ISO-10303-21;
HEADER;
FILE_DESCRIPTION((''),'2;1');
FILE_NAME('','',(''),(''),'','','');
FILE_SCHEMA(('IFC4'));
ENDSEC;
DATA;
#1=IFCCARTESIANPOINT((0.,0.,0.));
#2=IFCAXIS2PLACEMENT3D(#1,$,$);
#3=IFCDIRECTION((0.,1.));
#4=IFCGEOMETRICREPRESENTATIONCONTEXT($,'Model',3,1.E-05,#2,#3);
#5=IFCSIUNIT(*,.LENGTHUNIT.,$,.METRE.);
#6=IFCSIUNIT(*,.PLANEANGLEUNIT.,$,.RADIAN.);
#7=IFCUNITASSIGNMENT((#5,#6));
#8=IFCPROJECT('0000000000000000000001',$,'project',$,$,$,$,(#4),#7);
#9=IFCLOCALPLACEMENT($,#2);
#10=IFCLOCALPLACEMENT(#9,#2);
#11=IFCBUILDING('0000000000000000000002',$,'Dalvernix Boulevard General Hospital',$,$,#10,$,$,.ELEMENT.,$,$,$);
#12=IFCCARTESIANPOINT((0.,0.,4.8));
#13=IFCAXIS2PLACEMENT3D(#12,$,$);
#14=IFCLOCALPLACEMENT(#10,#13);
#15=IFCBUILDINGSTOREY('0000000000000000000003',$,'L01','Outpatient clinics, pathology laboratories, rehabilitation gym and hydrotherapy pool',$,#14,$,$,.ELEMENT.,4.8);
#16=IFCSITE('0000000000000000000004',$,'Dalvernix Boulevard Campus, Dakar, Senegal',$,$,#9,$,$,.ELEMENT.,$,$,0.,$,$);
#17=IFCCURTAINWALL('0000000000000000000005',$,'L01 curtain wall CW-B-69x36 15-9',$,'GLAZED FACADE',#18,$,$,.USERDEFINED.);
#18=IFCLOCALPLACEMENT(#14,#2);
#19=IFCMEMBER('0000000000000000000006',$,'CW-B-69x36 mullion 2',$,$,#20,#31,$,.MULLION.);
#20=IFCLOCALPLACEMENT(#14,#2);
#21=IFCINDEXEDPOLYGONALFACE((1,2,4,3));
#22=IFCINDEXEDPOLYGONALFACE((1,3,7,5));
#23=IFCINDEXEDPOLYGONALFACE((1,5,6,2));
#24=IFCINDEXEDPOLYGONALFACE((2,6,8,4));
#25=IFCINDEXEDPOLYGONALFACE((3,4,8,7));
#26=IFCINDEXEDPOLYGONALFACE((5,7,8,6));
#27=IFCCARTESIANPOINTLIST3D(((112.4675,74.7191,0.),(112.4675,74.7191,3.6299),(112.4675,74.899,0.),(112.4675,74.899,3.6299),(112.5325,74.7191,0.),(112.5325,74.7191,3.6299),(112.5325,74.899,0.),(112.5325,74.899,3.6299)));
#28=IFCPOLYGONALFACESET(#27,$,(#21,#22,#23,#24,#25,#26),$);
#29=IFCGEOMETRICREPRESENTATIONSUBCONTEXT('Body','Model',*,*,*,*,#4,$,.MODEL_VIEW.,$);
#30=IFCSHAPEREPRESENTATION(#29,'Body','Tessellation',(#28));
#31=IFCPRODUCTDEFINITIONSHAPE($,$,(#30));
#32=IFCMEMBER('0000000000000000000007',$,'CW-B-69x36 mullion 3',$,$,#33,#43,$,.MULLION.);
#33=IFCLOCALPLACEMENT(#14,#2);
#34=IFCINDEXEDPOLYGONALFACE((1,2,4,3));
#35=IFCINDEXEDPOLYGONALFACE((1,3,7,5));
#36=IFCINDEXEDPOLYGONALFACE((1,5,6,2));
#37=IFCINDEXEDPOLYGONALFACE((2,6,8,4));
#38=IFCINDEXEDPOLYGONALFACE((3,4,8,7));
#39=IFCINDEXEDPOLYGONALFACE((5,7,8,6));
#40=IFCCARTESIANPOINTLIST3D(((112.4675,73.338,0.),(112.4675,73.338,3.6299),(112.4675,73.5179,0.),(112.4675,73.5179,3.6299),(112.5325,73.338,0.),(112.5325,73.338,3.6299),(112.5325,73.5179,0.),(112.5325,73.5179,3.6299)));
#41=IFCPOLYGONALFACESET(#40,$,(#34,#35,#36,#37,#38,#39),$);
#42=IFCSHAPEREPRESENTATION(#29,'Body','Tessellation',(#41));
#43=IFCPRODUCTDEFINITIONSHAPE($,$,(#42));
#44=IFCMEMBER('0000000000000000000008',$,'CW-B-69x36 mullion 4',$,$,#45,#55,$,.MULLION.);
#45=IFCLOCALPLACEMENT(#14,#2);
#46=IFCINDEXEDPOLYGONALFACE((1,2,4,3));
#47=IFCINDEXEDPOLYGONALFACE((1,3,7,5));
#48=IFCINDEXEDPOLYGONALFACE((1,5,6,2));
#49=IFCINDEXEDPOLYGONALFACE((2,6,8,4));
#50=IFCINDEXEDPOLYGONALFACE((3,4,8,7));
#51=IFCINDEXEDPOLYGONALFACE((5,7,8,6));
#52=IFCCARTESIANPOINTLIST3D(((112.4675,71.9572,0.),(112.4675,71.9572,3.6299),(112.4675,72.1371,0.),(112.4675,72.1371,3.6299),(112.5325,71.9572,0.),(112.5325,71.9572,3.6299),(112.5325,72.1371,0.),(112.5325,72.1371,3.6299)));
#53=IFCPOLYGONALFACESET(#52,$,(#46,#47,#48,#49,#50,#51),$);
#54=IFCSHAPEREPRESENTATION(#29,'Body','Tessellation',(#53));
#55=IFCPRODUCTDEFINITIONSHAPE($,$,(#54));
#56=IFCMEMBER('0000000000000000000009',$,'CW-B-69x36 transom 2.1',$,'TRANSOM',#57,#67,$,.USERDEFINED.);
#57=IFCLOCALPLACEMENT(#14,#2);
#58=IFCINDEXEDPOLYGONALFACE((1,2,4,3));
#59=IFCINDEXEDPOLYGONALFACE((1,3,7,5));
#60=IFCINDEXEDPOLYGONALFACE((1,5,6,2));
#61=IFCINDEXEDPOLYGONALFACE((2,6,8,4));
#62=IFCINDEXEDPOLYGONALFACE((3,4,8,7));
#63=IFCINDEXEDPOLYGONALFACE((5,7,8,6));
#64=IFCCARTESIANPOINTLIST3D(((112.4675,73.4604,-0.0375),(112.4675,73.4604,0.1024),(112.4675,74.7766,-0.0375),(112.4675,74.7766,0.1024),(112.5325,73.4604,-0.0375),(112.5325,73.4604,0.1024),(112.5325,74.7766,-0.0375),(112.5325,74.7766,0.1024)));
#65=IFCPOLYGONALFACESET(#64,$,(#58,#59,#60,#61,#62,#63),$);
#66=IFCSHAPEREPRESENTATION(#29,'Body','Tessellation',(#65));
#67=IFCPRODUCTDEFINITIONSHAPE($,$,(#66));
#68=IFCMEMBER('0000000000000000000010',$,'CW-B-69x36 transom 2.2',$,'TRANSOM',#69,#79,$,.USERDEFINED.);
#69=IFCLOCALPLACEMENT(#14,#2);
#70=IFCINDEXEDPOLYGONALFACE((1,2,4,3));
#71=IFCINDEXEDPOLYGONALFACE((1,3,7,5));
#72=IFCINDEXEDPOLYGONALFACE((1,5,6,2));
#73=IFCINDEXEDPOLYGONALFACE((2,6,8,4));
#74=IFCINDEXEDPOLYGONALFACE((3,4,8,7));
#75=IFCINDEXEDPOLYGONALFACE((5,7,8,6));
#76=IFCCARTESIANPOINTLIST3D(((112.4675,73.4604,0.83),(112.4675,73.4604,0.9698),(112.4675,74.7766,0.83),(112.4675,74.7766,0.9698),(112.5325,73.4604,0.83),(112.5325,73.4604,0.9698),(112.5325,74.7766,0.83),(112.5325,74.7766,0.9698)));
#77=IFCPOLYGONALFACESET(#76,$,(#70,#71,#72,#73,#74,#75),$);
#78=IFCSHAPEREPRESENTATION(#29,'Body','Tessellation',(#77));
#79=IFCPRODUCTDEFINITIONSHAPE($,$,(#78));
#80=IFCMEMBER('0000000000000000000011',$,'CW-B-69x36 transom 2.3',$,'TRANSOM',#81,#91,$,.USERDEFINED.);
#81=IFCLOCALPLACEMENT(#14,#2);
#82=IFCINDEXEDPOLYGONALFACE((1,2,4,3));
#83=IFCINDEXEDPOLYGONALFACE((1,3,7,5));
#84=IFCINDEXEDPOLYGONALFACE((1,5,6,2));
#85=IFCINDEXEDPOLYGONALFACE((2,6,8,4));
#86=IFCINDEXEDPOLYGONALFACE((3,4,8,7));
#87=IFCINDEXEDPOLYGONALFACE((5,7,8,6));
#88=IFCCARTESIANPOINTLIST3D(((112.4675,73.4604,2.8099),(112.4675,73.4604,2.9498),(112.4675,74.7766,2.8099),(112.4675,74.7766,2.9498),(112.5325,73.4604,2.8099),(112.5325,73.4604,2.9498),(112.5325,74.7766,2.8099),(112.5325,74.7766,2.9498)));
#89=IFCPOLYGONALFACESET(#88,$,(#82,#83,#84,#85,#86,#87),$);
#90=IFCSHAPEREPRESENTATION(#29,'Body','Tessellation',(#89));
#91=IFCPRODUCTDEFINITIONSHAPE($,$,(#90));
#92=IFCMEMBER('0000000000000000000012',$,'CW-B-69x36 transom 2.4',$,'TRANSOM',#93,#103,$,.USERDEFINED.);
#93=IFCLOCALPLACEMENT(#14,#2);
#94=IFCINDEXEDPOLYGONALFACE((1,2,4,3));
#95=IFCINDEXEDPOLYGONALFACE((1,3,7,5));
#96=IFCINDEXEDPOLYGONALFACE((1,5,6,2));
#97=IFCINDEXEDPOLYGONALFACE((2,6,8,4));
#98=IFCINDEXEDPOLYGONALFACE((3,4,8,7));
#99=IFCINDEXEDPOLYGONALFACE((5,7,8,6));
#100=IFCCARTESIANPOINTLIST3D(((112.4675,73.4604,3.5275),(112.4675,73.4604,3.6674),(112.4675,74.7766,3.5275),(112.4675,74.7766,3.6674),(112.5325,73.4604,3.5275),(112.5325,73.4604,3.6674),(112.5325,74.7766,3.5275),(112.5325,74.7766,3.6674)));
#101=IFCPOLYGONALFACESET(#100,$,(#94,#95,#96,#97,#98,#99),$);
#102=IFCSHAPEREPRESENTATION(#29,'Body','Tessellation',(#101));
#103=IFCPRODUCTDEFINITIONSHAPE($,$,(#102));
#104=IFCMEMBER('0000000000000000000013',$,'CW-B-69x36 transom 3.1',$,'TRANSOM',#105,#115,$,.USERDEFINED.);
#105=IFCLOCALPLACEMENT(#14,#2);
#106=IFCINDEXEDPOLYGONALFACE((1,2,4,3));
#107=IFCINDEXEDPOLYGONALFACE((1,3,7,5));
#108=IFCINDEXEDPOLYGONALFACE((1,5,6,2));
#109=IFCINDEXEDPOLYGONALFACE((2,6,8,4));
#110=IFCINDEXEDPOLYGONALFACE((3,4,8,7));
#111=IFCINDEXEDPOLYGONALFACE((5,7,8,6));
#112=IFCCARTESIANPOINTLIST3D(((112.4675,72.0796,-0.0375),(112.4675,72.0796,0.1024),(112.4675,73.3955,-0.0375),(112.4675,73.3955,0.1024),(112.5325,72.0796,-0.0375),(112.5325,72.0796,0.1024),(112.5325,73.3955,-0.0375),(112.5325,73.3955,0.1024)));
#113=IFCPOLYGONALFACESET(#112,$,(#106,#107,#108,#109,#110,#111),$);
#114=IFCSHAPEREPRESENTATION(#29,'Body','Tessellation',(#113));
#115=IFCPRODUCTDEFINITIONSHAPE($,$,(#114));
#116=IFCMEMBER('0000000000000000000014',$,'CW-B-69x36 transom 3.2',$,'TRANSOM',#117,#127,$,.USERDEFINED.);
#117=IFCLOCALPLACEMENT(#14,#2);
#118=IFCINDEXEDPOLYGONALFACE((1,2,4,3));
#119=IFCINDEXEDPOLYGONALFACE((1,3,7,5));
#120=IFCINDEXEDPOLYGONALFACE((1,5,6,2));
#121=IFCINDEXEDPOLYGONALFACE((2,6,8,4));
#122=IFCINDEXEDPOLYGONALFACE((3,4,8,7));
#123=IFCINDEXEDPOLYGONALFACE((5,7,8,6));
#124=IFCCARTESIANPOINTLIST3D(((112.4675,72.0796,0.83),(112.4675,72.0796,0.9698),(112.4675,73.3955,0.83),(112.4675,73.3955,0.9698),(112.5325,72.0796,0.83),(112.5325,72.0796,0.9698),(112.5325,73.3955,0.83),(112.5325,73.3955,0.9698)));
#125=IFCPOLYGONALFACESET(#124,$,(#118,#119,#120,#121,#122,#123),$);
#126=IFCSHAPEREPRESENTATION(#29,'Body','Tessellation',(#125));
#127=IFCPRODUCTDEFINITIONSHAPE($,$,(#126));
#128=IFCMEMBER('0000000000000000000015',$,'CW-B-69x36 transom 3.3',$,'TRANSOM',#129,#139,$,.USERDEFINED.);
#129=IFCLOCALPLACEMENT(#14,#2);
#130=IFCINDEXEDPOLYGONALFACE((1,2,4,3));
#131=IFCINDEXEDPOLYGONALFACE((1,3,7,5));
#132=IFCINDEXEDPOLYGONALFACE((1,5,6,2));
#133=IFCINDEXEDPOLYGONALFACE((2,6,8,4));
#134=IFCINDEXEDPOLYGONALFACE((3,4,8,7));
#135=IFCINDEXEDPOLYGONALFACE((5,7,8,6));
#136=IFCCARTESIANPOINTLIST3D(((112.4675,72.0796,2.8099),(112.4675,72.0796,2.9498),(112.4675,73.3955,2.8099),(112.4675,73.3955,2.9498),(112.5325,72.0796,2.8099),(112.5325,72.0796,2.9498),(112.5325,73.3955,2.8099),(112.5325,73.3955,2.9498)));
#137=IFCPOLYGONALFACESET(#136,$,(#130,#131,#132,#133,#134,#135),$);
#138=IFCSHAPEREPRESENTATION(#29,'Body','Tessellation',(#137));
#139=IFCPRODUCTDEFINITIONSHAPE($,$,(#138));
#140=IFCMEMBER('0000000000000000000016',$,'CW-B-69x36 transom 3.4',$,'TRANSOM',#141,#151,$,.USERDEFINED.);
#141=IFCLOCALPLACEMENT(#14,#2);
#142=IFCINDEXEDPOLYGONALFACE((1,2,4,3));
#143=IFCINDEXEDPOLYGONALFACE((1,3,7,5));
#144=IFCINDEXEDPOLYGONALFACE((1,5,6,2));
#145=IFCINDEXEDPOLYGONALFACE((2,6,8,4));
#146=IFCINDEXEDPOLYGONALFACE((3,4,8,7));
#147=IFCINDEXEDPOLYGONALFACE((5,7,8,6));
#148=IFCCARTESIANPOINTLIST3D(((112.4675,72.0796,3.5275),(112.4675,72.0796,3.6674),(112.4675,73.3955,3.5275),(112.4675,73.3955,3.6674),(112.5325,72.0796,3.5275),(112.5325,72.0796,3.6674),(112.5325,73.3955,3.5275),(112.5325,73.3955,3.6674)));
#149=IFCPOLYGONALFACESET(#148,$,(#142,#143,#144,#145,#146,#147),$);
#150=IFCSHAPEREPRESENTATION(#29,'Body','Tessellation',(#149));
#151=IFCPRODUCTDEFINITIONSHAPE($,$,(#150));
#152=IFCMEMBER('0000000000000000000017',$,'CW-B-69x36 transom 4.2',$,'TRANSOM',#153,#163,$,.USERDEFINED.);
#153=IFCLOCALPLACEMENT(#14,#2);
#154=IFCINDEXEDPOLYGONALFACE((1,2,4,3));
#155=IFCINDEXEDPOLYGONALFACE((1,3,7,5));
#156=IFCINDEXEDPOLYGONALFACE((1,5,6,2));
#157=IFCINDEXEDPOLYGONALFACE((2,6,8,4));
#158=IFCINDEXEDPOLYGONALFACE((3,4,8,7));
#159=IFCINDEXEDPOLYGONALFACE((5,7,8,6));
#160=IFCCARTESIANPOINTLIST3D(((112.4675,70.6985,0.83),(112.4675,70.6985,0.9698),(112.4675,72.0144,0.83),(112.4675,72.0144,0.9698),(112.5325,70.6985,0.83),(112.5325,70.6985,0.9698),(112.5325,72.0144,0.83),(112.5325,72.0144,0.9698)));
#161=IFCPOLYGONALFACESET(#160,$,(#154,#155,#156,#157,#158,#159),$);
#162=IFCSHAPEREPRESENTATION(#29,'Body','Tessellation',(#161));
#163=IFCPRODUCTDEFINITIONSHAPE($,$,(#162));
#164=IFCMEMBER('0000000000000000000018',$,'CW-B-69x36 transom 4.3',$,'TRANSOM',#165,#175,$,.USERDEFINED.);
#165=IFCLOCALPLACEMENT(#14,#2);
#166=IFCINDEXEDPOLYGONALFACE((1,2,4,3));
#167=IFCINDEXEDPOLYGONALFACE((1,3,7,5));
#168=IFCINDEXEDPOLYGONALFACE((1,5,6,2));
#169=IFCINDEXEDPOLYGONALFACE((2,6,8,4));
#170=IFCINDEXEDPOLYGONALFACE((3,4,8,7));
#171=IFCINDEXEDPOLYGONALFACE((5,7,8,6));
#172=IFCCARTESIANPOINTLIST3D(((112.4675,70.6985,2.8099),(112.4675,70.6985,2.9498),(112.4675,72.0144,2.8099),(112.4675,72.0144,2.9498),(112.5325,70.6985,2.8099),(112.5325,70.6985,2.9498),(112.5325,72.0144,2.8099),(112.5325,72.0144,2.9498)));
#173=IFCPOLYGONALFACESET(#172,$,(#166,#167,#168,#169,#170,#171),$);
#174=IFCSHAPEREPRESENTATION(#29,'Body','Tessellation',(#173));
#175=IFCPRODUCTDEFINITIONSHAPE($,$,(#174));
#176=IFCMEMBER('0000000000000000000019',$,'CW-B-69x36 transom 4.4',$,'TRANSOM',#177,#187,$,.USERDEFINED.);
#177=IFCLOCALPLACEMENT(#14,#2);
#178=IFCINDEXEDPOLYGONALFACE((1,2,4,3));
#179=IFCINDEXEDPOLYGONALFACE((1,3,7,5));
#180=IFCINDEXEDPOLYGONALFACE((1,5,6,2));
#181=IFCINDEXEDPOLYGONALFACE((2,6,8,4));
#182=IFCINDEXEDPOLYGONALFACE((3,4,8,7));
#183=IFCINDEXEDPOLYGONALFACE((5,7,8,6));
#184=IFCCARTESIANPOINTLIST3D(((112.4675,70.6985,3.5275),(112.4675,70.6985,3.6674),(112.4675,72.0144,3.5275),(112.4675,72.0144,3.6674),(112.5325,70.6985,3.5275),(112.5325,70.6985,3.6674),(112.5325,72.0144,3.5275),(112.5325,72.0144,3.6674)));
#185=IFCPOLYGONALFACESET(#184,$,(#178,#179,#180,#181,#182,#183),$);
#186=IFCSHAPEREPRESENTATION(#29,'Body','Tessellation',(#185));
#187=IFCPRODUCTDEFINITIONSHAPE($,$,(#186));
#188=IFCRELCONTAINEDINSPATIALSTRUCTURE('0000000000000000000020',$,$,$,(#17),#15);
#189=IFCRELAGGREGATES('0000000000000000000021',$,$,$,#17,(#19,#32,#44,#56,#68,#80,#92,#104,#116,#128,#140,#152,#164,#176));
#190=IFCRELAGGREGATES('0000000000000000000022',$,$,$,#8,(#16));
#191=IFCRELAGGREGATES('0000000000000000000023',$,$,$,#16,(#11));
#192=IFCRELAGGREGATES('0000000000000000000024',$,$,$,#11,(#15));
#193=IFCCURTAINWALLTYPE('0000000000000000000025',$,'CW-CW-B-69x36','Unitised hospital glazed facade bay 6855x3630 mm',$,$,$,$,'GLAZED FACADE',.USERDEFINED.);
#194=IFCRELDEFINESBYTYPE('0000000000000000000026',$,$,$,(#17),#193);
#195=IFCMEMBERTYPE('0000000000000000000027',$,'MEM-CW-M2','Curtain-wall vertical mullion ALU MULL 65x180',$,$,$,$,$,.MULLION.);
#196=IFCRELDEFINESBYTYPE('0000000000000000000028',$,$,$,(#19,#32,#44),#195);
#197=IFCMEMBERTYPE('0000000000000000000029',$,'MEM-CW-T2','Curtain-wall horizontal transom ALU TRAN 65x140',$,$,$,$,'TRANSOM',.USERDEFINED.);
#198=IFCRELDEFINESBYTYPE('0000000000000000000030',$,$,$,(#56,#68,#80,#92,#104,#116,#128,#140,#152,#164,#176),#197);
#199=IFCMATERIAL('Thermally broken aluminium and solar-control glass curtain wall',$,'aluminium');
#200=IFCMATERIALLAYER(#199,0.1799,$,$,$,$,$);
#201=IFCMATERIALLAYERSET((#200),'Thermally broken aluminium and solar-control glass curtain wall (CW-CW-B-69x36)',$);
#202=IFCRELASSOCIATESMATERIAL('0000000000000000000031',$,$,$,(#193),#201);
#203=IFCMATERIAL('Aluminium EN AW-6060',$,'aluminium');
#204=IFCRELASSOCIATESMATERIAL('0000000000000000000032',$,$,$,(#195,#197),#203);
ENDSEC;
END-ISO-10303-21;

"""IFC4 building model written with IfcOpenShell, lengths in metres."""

from ifc_helpers import new_model, si_unit, direction, frame, origin, origin_2d, place, context, subcontext, project, spatial, rectangle, extrude, material, layer, layer_set, material_profile, profile_set, type_object, element, aggregate, save


model = new_model("IFC4")

# Units and contexts
model_context = context("Model", 3, precision=1e-05, world=origin(), true_north=direction((0.0, 1.0)))
body_context = subcontext(model_context, "Body", "Model", "MODEL_VIEW")
ifc_project = project(units=[si_unit("LENGTHUNIT", "METRE"), si_unit("PLANEANGLEUNIT", "RADIAN")], contexts=[model_context])

# Site, building, storey
site_placement = place(None, origin())
site = spatial("IfcSite", under=ifc_project, at=site_placement, Name="Dalvernix Boulevard Campus, Dakar, Senegal", CompositionType="ELEMENT", RefElevation=0.0)
building_placement = place(site_placement, origin())
building = spatial("IfcBuilding", under=site, at=building_placement, Name="Dalvernix Boulevard General Hospital", CompositionType="ELEMENT")
storey_placement = place(building_placement, frame((0.0, 0.0, 4.8)))
storey = spatial("IfcBuildingStorey", under=building, at=storey_placement, Name="L01", Description="Outpatient clinics, pathology laboratories, rehabilitation gym and hydrotherapy pool", CompositionType="ELEMENT", Elevation=4.8)

# Curtain wall, members
ifc_material_1 = material(Name="Thermally broken aluminium and solar-control glass curtain wall", Category="aluminium")
ifc_layer_1 = layer(ifc_material_1, 0.1799)
ifc_layer_set_1 = layer_set([ifc_layer_1], Name="Thermally broken aluminium and solar-control glass curtain wall (CW-CW-B-69x36)")
curtain_wall_type = type_object("IfcCurtainWallType", Name="CW-CW-B-69x36", Description="Unitised hospital glazed facade bay 6855x3630 mm", ElementType="GLAZED FACADE", PredefinedType="USERDEFINED", material=ifc_layer_set_1)
curtain_wall_placement = place(storey_placement, origin())
curtain_wall = element("IfcCurtainWall", 1, at=curtain_wall_placement, inside=storey, type_object=curtain_wall_type, Name="L01 curtain wall CW-B-69x36 15-9", ObjectType="GLAZED FACADE", PredefinedType="USERDEFINED")
ifc_material_2 = material(Name="Aluminium EN AW-6060", Category="aluminium")
ifc_material_profile_1 = material_profile(ifc_material_2, rectangle(XDim=0.0649, YDim=0.1799, at=origin_2d()), Name="ALU MULL 65x180")
ifc_profile_set_1 = profile_set([ifc_material_profile_1], Name="Aluminium EN AW-6060")
member_type_1 = type_object("IfcMemberType", Name="MEM-CW-M2", Description="Curtain-wall vertical mullion ALU MULL 65x180", PredefinedType="MULLION", material=ifc_profile_set_1)
member_1_placement = place(storey_placement, frame((112.5, 74.8091, 0.0), z_axis=(0.0, 0.0, 1.0), x_axis=(1.0, 0.0, 0.0)))
member_1 = element("IfcMember", 2, at=member_1_placement, type_object=member_type_1, Name="CW-B-69x36 mullion 2", PredefinedType="MULLION", context=body_context, shape_type="SweptSolid", body=[
    extrude(rectangle(XDim=0.0649, YDim=0.1799, at=origin_2d()), origin(), (0.0, 0.0, 1.0), 3.6299),
])
member_2_placement = place(storey_placement, frame((112.5, 73.428, 0.0), z_axis=(0.0, 0.0, 1.0), x_axis=(1.0, 0.0, 0.0)))
member_2 = element("IfcMember", 3, at=member_2_placement, type_object=member_type_1, Name="CW-B-69x36 mullion 3", PredefinedType="MULLION", context=body_context, shape_type="SweptSolid", body=[
    extrude(rectangle(XDim=0.0649, YDim=0.1799, at=origin_2d()), origin(), (0.0, 0.0, 1.0), 3.6299),
])
member_3_placement = place(storey_placement, frame((112.5, 72.0471, 0.0), z_axis=(0.0, 0.0, 1.0), x_axis=(1.0, 0.0, 0.0)))
member_3 = element("IfcMember", 4, at=member_3_placement, type_object=member_type_1, Name="CW-B-69x36 mullion 4", PredefinedType="MULLION", context=body_context, shape_type="SweptSolid", body=[
    extrude(rectangle(XDim=0.0649, YDim=0.1799, at=origin_2d()), origin(), (0.0, 0.0, 1.0), 3.6299),
])
ifc_material_profile_2 = material_profile(ifc_material_2, rectangle(XDim=0.0649, YDim=0.1399, at=origin_2d()), Name="ALU TRAN 65x140")
ifc_profile_set_2 = profile_set([ifc_material_profile_2], Name="Aluminium EN AW-6060")
member_type_2 = type_object("IfcMemberType", Name="MEM-CW-T2", Description="Curtain-wall horizontal transom ALU TRAN 65x140", ElementType="TRANSOM", PredefinedType="USERDEFINED", material=ifc_profile_set_2)
member_4_placement = place(storey_placement, frame((112.5, 74.7766, 0.0325), z_axis=(0.0, -1.0, 0.0), x_axis=(1.0, 0.0, 0.0)))
member_4 = element("IfcMember", 5, at=member_4_placement, type_object=member_type_2, Name="CW-B-69x36 transom 2.1", ObjectType="TRANSOM", PredefinedType="USERDEFINED", context=body_context, shape_type="SweptSolid", body=[
    extrude(rectangle(XDim=0.0649, YDim=0.1399, at=origin_2d()), origin(), (0.0, 0.0, 1.0), 1.3162),
])
member_5_placement = place(storey_placement, frame((112.5, 74.7766, 0.8999), z_axis=(0.0, -1.0, 0.0), x_axis=(1.0, 0.0, 0.0)))
member_5 = element("IfcMember", 6, at=member_5_placement, type_object=member_type_2, Name="CW-B-69x36 transom 2.2", ObjectType="TRANSOM", PredefinedType="USERDEFINED", context=body_context, shape_type="SweptSolid", body=[
    extrude(rectangle(XDim=0.0649, YDim=0.1399, at=origin_2d()), origin(), (0.0, 0.0, 1.0), 1.3162),
])
member_6_placement = place(storey_placement, frame((112.5, 74.7766, 2.8799), z_axis=(0.0, -1.0, 0.0), x_axis=(1.0, 0.0, 0.0)))
member_6 = element("IfcMember", 7, at=member_6_placement, type_object=member_type_2, Name="CW-B-69x36 transom 2.3", ObjectType="TRANSOM", PredefinedType="USERDEFINED", context=body_context, shape_type="SweptSolid", body=[
    extrude(rectangle(XDim=0.0649, YDim=0.1399, at=origin_2d()), origin(), (0.0, 0.0, 1.0), 1.3162),
])
member_7_placement = place(storey_placement, frame((112.5, 74.7766, 3.5974), z_axis=(0.0, -1.0, 0.0), x_axis=(1.0, 0.0, 0.0)))
member_7 = element("IfcMember", 8, at=member_7_placement, type_object=member_type_2, Name="CW-B-69x36 transom 2.4", ObjectType="TRANSOM", PredefinedType="USERDEFINED", context=body_context, shape_type="SweptSolid", body=[
    extrude(rectangle(XDim=0.0649, YDim=0.1399, at=origin_2d()), origin(), (0.0, 0.0, 1.0), 1.3162),
])
member_8_placement = place(storey_placement, frame((112.5, 73.3955, 0.0325), z_axis=(0.0, -1.0, 0.0), x_axis=(1.0, 0.0, 0.0)))
member_8 = element("IfcMember", 9, at=member_8_placement, type_object=member_type_2, Name="CW-B-69x36 transom 3.1", ObjectType="TRANSOM", PredefinedType="USERDEFINED", context=body_context, shape_type="SweptSolid", body=[
    extrude(rectangle(XDim=0.0649, YDim=0.1399, at=origin_2d()), origin(), (0.0, 0.0, 1.0), 1.3159),
])
member_9_placement = place(storey_placement, frame((112.5, 73.3955, 0.8999), z_axis=(0.0, -1.0, 0.0), x_axis=(1.0, 0.0, 0.0)))
member_9 = element("IfcMember", 10, at=member_9_placement, type_object=member_type_2, Name="CW-B-69x36 transom 3.2", ObjectType="TRANSOM", PredefinedType="USERDEFINED", context=body_context, shape_type="SweptSolid", body=[
    extrude(rectangle(XDim=0.0649, YDim=0.1399, at=origin_2d()), origin(), (0.0, 0.0, 1.0), 1.3159),
])
member_10_placement = place(storey_placement, frame((112.5, 73.3955, 2.8799), z_axis=(0.0, -1.0, 0.0), x_axis=(1.0, 0.0, 0.0)))
member_10 = element("IfcMember", 11, at=member_10_placement, type_object=member_type_2, Name="CW-B-69x36 transom 3.3", ObjectType="TRANSOM", PredefinedType="USERDEFINED", context=body_context, shape_type="SweptSolid", body=[
    extrude(rectangle(XDim=0.0649, YDim=0.1399, at=origin_2d()), origin(), (0.0, 0.0, 1.0), 1.3159),
])
member_11_placement = place(storey_placement, frame((112.5, 73.3955, 3.5974), z_axis=(0.0, -1.0, 0.0), x_axis=(1.0, 0.0, 0.0)))
member_11 = element("IfcMember", 12, at=member_11_placement, type_object=member_type_2, Name="CW-B-69x36 transom 3.4", ObjectType="TRANSOM", PredefinedType="USERDEFINED", context=body_context, shape_type="SweptSolid", body=[
    extrude(rectangle(XDim=0.0649, YDim=0.1399, at=origin_2d()), origin(), (0.0, 0.0, 1.0), 1.3159),
])
member_12_placement = place(storey_placement, frame((112.5, 72.0144, 0.8999), z_axis=(0.0, -1.0, 0.0), x_axis=(1.0, 0.0, 0.0)))
member_12 = element("IfcMember", 13, at=member_12_placement, type_object=member_type_2, Name="CW-B-69x36 transom 4.2", ObjectType="TRANSOM", PredefinedType="USERDEFINED", context=body_context, shape_type="SweptSolid", body=[
    extrude(rectangle(XDim=0.0649, YDim=0.1399, at=origin_2d()), origin(), (0.0, 0.0, 1.0), 1.3159),
])
member_13_placement = place(storey_placement, frame((112.5, 72.0144, 2.8799), z_axis=(0.0, -1.0, 0.0), x_axis=(1.0, 0.0, 0.0)))
member_13 = element("IfcMember", 14, at=member_13_placement, type_object=member_type_2, Name="CW-B-69x36 transom 4.3", ObjectType="TRANSOM", PredefinedType="USERDEFINED", context=body_context, shape_type="SweptSolid", body=[
    extrude(rectangle(XDim=0.0649, YDim=0.1399, at=origin_2d()), origin(), (0.0, 0.0, 1.0), 1.3159),
])
member_14_placement = place(storey_placement, frame((112.5, 72.0144, 3.5974), z_axis=(0.0, -1.0, 0.0), x_axis=(1.0, 0.0, 0.0)))
member_14 = element("IfcMember", 15, at=member_14_placement, type_object=member_type_2, Name="CW-B-69x36 transom 4.4", ObjectType="TRANSOM", PredefinedType="USERDEFINED", context=body_context, shape_type="SweptSolid", body=[
    extrude(rectangle(XDim=0.0649, YDim=0.1399, at=origin_2d()), origin(), (0.0, 0.0, 1.0), 1.3159),
])
aggregate(curtain_wall, [member_1, member_2, member_3, member_4, member_5, member_6, member_7, member_8, member_9, member_10, member_11, member_12, member_13, member_14])

save(model, "model.ifc")
